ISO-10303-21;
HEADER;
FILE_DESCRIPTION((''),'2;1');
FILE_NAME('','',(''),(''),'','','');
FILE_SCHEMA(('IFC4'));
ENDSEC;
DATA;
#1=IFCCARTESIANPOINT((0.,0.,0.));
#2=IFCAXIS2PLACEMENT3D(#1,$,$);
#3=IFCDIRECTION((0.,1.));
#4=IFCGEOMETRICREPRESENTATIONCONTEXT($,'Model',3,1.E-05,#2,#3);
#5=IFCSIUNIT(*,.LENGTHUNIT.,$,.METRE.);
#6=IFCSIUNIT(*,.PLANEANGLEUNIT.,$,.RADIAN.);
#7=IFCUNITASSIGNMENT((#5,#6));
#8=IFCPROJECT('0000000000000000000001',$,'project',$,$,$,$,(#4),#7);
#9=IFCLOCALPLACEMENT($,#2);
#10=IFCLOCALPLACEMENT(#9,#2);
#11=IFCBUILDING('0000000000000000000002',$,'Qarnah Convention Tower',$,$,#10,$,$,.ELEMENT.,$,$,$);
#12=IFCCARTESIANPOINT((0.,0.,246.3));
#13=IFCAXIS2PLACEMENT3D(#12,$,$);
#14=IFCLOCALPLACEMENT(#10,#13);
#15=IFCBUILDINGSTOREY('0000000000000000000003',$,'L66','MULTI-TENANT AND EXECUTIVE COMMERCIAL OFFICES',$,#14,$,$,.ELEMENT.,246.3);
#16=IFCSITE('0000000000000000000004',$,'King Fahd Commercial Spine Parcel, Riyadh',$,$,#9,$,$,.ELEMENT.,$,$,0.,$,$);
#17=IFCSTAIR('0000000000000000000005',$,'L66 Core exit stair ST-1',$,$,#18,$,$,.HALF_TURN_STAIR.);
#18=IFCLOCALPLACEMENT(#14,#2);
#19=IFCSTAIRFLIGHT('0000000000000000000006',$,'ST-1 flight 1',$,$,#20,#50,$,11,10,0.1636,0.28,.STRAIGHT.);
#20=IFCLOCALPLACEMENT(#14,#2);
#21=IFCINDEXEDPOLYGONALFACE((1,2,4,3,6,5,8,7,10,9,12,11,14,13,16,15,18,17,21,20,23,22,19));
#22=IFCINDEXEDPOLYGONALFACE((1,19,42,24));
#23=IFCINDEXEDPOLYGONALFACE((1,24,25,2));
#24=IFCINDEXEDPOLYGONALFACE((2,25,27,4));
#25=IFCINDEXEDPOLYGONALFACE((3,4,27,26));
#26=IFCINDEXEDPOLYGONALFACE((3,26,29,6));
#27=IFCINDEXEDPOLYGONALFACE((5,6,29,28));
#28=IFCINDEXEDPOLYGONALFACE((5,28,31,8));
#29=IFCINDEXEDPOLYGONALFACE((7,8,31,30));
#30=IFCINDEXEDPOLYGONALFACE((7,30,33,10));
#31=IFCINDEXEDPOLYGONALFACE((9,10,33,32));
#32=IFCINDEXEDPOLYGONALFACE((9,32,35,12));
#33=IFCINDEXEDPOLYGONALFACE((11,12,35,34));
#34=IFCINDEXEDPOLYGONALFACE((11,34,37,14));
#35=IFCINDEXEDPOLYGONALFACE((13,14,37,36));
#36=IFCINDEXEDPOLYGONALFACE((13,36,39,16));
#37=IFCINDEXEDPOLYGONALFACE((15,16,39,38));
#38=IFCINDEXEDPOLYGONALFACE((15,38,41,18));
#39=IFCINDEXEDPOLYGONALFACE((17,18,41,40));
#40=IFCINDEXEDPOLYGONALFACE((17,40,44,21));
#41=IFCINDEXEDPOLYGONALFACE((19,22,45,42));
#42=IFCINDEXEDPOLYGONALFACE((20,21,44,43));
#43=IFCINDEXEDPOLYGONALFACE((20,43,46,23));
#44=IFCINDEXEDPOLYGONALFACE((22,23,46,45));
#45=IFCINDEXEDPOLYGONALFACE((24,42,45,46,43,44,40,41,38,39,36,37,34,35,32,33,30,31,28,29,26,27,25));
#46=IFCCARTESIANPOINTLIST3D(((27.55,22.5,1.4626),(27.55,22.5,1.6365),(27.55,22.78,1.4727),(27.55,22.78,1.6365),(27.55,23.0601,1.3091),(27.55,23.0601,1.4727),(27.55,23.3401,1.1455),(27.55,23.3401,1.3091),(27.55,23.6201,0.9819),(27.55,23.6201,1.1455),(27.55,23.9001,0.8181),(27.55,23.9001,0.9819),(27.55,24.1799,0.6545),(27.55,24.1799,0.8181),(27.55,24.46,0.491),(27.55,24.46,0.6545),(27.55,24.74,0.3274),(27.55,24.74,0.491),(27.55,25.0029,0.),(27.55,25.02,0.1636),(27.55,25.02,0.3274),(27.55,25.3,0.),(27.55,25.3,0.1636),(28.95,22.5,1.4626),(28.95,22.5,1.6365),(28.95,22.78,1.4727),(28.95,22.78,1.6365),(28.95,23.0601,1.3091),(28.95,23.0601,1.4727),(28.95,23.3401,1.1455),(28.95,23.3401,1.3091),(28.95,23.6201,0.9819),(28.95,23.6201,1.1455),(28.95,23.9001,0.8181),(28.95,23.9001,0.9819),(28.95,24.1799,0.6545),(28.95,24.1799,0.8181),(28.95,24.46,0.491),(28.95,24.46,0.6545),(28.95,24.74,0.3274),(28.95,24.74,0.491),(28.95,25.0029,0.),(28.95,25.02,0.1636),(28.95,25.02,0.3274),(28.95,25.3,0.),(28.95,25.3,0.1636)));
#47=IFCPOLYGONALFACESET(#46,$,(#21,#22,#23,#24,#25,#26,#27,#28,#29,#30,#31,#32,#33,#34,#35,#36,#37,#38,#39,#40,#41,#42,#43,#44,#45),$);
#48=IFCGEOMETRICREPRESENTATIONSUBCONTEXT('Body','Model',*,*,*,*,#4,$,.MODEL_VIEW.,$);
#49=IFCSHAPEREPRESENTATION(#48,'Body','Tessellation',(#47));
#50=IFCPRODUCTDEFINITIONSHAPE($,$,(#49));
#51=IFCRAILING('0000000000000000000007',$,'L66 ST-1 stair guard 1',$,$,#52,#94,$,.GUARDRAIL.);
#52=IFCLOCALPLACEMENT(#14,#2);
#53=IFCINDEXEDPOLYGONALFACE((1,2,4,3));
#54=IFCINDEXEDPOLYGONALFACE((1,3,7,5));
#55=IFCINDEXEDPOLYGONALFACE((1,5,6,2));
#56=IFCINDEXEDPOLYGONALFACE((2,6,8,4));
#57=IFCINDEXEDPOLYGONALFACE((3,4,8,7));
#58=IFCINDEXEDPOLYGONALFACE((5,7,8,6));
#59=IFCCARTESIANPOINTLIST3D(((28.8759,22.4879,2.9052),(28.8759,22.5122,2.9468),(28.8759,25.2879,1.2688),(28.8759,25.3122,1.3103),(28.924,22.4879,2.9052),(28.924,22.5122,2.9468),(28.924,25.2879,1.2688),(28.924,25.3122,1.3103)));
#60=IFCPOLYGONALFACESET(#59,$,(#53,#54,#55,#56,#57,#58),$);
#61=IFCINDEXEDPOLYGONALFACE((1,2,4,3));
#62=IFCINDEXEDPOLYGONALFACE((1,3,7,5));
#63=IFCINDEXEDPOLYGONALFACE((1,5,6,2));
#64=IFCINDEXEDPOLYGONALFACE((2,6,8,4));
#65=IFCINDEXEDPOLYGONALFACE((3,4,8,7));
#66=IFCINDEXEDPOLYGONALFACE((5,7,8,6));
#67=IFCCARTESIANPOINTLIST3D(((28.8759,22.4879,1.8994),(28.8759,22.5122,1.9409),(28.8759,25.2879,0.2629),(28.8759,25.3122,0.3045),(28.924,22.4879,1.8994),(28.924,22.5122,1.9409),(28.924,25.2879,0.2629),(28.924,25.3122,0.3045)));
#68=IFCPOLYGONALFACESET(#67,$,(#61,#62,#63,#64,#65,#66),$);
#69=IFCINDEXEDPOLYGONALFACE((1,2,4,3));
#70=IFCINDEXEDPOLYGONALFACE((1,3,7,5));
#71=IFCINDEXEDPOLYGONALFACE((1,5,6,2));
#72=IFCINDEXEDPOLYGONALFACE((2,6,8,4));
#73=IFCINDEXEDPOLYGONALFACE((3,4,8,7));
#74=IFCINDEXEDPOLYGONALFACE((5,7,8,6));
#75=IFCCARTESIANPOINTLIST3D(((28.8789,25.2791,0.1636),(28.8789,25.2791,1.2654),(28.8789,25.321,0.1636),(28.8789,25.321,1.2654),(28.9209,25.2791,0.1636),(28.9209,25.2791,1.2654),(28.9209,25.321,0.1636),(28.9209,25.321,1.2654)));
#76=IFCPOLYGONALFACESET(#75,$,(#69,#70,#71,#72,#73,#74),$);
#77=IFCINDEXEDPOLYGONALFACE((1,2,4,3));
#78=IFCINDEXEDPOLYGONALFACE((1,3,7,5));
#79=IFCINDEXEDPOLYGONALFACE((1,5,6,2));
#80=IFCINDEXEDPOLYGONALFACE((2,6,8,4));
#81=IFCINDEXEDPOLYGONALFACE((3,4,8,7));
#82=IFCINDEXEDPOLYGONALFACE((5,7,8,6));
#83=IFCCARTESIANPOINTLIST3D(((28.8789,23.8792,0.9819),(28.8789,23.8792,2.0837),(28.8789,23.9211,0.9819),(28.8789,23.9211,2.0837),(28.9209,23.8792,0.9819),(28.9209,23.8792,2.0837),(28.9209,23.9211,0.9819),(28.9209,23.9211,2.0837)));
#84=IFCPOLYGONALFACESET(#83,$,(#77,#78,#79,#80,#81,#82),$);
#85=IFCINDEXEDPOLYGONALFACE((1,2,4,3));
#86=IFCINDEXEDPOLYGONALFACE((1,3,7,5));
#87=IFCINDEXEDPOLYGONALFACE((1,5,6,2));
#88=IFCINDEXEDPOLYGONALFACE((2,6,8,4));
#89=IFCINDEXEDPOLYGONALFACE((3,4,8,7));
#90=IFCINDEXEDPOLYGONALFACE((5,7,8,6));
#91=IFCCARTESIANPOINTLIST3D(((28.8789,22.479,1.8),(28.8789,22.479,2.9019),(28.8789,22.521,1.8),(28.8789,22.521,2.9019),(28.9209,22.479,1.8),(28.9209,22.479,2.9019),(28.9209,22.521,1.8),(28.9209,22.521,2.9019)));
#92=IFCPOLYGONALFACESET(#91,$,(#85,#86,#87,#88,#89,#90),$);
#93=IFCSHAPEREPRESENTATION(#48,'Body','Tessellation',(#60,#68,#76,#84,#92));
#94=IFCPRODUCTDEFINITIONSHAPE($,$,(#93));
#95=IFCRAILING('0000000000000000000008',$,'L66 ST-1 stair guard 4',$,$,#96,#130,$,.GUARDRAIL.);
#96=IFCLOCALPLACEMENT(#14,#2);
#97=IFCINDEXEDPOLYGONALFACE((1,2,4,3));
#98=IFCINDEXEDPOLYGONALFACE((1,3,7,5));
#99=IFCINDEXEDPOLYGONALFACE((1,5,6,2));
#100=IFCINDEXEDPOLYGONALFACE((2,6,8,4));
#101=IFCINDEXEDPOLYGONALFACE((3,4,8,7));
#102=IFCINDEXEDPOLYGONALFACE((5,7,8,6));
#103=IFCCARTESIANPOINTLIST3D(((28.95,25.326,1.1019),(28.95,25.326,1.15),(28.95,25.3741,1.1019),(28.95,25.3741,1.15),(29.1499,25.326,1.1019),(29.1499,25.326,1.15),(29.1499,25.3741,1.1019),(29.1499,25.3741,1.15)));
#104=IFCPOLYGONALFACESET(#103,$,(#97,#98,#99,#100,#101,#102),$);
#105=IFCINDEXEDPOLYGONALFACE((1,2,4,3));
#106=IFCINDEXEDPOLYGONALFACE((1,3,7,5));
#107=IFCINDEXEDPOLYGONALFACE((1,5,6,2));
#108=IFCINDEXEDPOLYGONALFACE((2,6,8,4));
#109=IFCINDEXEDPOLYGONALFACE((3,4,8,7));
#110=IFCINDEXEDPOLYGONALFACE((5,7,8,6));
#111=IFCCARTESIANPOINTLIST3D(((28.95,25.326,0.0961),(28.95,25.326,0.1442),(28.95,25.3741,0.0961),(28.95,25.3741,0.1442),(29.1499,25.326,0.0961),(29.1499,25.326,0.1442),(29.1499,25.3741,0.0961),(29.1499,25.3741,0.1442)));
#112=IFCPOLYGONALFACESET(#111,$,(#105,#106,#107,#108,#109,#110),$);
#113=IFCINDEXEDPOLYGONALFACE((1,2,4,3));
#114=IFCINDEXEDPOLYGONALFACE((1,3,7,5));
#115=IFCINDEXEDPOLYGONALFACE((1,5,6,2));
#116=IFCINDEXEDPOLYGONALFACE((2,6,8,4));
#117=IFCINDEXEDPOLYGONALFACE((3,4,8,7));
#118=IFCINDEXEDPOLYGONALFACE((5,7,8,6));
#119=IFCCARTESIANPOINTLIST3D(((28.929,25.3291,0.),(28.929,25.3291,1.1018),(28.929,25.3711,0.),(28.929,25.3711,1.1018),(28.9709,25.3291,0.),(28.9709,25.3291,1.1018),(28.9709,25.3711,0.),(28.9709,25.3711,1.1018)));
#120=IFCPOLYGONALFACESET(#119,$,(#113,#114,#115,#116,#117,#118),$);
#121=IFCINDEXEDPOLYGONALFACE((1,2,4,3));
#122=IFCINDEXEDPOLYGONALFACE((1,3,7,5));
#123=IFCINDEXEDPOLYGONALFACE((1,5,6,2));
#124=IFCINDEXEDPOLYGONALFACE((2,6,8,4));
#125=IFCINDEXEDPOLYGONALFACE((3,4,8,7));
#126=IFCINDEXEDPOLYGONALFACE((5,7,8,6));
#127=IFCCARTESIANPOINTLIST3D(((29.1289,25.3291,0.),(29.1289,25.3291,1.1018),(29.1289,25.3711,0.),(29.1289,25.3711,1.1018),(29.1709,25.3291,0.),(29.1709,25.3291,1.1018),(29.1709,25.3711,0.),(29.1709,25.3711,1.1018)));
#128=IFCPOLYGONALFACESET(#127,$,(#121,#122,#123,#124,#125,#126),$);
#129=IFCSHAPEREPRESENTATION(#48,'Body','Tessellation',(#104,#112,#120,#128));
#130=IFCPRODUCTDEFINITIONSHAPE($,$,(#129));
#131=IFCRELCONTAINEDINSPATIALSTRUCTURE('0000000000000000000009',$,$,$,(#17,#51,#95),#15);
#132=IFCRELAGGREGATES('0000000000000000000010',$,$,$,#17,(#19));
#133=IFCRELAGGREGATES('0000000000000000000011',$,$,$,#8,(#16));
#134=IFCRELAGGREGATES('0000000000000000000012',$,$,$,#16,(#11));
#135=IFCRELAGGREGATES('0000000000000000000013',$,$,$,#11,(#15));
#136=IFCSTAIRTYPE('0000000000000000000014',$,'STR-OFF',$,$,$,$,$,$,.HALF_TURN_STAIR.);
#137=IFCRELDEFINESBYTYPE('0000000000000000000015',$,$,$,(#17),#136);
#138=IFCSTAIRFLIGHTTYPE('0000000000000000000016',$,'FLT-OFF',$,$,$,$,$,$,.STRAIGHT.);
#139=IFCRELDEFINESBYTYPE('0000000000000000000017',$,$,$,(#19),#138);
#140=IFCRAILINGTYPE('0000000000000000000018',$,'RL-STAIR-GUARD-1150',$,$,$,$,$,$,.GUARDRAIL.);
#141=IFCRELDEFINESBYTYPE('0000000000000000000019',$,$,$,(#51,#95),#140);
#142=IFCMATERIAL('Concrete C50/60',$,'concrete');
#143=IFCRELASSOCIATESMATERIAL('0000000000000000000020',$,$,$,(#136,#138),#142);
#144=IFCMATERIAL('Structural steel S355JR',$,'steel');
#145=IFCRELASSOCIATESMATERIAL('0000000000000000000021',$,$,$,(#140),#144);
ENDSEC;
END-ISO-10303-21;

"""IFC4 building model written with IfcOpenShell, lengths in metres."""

from ifc_helpers import new_model, si_unit, direction, frame, origin, origin_2d, place, context, subcontext, project, spatial, polyline, rectangle, outline, extrude, material, type_object, element, aggregate, save


model = new_model("IFC4")

# Units and contexts
model_context = context("Model", 3, precision=1e-05, world=origin(), true_north=direction((0.0, 1.0)))
body_context = subcontext(model_context, "Body", "Model", "MODEL_VIEW")
ifc_project = project(units=[si_unit("LENGTHUNIT", "METRE"), si_unit("PLANEANGLEUNIT", "RADIAN")], contexts=[model_context])

# Site, building, storey
site_placement = place(None, origin())
site = spatial("IfcSite", under=ifc_project, at=site_placement, Name="King Fahd Commercial Spine Parcel, Riyadh", CompositionType="ELEMENT", RefElevation=0.0)
building_placement = place(site_placement, origin())
building = spatial("IfcBuilding", under=site, at=building_placement, Name="Qarnah Convention Tower", CompositionType="ELEMENT")
storey_placement = place(building_placement, frame((0.0, 0.0, 246.3)))
storey = spatial("IfcBuildingStorey", under=building, at=storey_placement, Name="L66", Description="MULTI-TENANT AND EXECUTIVE COMMERCIAL OFFICES", CompositionType="ELEMENT", Elevation=246.3)

# Shared definitions
ifc_material_1 = material(Name="Concrete C50/60", Category="concrete")

# Shared definitions
ifc_material_2 = material(Name="Structural steel S355JR", Category="steel")

# Stair, stair flight
stair_type = type_object("IfcStairType", Name="STR-OFF", PredefinedType="HALF_TURN_STAIR", material=ifc_material_1)
stair_placement = place(storey_placement, origin())
stair = element("IfcStair", 1, at=stair_placement, inside=storey, type_object=stair_type, Name="L66 Core exit stair ST-1", PredefinedType="HALF_TURN_STAIR")
stair_flight_type = type_object("IfcStairFlightType", Name="FLT-OFF", PredefinedType="STRAIGHT", material=ifc_material_1)
stair_flight_placement = place(storey_placement, frame((28.25, 25.3, 0.0), z_axis=(0.0, 0.0, 1.0), x_axis=(0.0, -1.0, 0.0)))
stair_flight = element("IfcStairFlight", 2, at=stair_flight_placement, type_object=stair_flight_type, Name="ST-1 flight 1", NumberOfRisers=11, NumberOfTreads=10, PredefinedType="STRAIGHT", RiserHeight=0.1636, TreadLength=0.28, context=body_context, shape_type="SweptSolid", body=[
    extrude(outline(polyline([(0.0, 0.0), (0.0, 0.1636), (0.28, 0.1636), (0.28, 0.3274), (0.5601, 0.3274), (0.5601, 0.491), (0.8401, 0.491), (0.8401, 0.6545), (1.1201, 0.6545), (1.1201, 0.8181), (1.3999, 0.8181), (1.3999, 0.9819), (1.6799, 0.9819), (1.6799, 1.1455), (1.96, 1.1455), (1.96, 1.3091), (2.24, 1.3091), (2.24, 1.4727), (2.52, 1.4727), (2.52, 1.6365), (2.8, 1.6365), (2.8, 1.8), (2.8, 1.4626), (0.2971, 0.0), (0.0, 0.0)])), frame((0.0, 0.7, 0.0), z_axis=(0.0, -1.0, 0.0), x_axis=(1.0, 0.0, 0.0)), (0.0, 0.0, 1.0), 1.3999),
])
aggregate(stair, [stair_flight])

# Railings
railing_type = type_object("IfcRailingType", Name="RL-STAIR-GUARD-1150", PredefinedType="GUARDRAIL", material=ifc_material_2)
railing_1_placement = place(storey_placement, frame((28.8999, 25.3, 0.1636)))
element("IfcRailing", 3, at=railing_1_placement, inside=storey, type_object=railing_type, Name="L66 ST-1 stair guard 1", PredefinedType="GUARDRAIL", context=body_context, shape_type="SweptSolid", body=[
    extrude(rectangle(XDim=0.0481, YDim=0.0481, at=origin_2d()), frame((0.0, 0.0, 1.126), z_axis=(0.0, -0.863361, 0.504587), x_axis=(1.0, 0.0, 0.0)), (0.0, 0.0, 1.0), 3.2432),
    extrude(rectangle(XDim=0.0481, YDim=0.0481, at=origin_2d()), frame((0.0, 0.0, 0.1201), z_axis=(0.0, -0.863361, 0.504587), x_axis=(1.0, 0.0, 0.0)), (0.0, 0.0, 1.0), 3.2432),
    extrude(rectangle(XDim=0.042, YDim=0.042, at=origin_2d()), origin(), (0.0, 0.0, 1.0), 1.1018),
    extrude(rectangle(XDim=0.042, YDim=0.042, at=origin_2d()), frame((0.0, -1.3999, 0.8184)), (0.0, 0.0, 1.0), 1.1018),
    extrude(rectangle(XDim=0.042, YDim=0.042, at=origin_2d()), frame((0.0, -2.8, 1.6365)), (0.0, 0.0, 1.0), 1.1018),
])
railing_2_placement = place(storey_placement, frame((28.95, 25.3501, 0.0)))
element("IfcRailing", 4, at=railing_2_placement, inside=storey, type_object=railing_type, Name="L66 ST-1 stair guard 4", PredefinedType="GUARDRAIL", context=body_context, shape_type="SweptSolid", body=[
    extrude(rectangle(XDim=0.0481, YDim=0.0481, at=origin_2d()), frame((0.0, 0.0, 1.126), z_axis=(1.0, 0.0, 0.0), x_axis=(0.0, 1.0, 0.0)), (0.0, 0.0, 1.0), 0.2),
    extrude(rectangle(XDim=0.0481, YDim=0.0481, at=origin_2d()), frame((0.0, 0.0, 0.1201), z_axis=(1.0, 0.0, 0.0), x_axis=(0.0, 1.0, 0.0)), (0.0, 0.0, 1.0), 0.2),
    extrude(rectangle(XDim=0.042, YDim=0.042, at=origin_2d()), origin(), (0.0, 0.0, 1.0), 1.1018),
    extrude(rectangle(XDim=0.042, YDim=0.042, at=origin_2d()), frame((0.2, 0.0, 0.0)), (0.0, 0.0, 1.0), 1.1018),
])

save(model, "model.ifc")
